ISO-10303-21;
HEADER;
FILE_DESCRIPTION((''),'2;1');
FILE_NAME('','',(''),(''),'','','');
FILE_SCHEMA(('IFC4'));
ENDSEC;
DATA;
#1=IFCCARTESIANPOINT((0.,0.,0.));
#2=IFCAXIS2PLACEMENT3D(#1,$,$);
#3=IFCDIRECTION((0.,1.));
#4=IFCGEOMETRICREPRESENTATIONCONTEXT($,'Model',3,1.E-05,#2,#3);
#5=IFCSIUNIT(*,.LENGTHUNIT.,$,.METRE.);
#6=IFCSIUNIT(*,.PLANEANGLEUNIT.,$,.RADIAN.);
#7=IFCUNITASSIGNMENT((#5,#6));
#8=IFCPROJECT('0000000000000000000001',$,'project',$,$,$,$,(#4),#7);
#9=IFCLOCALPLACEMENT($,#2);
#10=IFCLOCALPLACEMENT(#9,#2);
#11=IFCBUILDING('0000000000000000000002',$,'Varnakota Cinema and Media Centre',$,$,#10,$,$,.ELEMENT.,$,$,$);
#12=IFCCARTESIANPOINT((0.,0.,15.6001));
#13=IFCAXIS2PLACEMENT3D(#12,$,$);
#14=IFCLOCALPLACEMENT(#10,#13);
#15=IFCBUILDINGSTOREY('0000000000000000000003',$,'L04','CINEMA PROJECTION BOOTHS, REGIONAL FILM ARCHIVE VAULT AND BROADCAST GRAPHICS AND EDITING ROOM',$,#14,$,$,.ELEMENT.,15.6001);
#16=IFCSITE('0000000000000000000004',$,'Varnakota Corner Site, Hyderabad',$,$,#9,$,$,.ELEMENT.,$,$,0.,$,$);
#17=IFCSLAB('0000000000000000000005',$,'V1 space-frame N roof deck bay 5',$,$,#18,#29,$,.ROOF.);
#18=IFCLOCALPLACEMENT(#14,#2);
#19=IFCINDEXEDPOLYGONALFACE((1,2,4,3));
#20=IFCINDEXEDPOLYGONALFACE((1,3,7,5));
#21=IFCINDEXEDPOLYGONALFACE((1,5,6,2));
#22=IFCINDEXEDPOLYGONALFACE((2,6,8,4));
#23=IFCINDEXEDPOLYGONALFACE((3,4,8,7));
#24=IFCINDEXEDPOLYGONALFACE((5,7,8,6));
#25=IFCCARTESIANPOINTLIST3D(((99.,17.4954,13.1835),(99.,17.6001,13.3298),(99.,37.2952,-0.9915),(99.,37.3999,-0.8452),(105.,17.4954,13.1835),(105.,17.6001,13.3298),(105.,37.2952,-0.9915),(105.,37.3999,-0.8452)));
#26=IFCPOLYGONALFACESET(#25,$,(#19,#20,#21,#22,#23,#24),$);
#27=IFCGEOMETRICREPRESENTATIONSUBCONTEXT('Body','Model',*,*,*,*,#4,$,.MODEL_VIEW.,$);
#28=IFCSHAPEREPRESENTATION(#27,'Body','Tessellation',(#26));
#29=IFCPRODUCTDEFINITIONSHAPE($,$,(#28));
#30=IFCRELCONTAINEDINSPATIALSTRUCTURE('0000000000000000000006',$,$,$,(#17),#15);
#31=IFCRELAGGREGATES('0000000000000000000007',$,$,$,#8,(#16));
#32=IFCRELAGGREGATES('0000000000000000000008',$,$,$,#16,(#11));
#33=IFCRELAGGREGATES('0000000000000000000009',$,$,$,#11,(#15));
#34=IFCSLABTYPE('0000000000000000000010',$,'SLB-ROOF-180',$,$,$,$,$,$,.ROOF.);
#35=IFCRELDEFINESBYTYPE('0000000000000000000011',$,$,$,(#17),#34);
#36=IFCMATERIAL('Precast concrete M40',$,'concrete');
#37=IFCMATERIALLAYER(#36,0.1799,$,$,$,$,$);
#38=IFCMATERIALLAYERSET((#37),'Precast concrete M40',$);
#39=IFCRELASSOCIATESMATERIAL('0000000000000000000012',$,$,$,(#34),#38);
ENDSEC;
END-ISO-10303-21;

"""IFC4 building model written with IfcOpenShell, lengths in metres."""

from ifc_helpers import new_model, si_unit, direction, frame, origin, place, context, subcontext, project, spatial, polyline, outline, extrude, material, layer, layer_set, type_object, element, save


model = new_model("IFC4")

# Units and contexts
model_context = context("Model", 3, precision=1e-05, world=origin(), true_north=direction((0.0, 1.0)))
body_context = subcontext(model_context, "Body", "Model", "MODEL_VIEW")
ifc_project = project(units=[si_unit("LENGTHUNIT", "METRE"), si_unit("PLANEANGLEUNIT", "RADIAN")], contexts=[model_context])

# Site, building, storey
site_placement = place(None, origin())
site = spatial("IfcSite", under=ifc_project, at=site_placement, Name="Varnakota Corner Site, Hyderabad", CompositionType="ELEMENT", RefElevation=0.0)
building_placement = place(site_placement, origin())
building = spatial("IfcBuilding", under=site, at=building_placement, Name="Varnakota Cinema and Media Centre", CompositionType="ELEMENT")
storey_placement = place(building_placement, frame((0.0, 0.0, 15.6001)))
storey = spatial("IfcBuildingStorey", under=building, at=storey_placement, Name="L04", Description="CINEMA PROJECTION BOOTHS, REGIONAL FILM ARCHIVE VAULT AND BROADCAST GRAPHICS AND EDITING ROOM", CompositionType="ELEMENT", Elevation=15.6001)

# Slab
ifc_material_1 = material(Name="Precast concrete M40", Category="concrete")
ifc_layer_1 = layer(ifc_material_1, 0.1799)
ifc_layer_set_1 = layer_set([ifc_layer_1], Name="Precast concrete M40")
slab_type = type_object("IfcSlabType", Name="SLB-ROOF-180", PredefinedType="ROOF", material=ifc_layer_set_1)
slab_placement = place(storey_placement, frame((99.0, 17.6001, 13.3298), z_axis=(0.0, 0.582117, 0.813105), x_axis=(1.0, 0.0, 0.0)))
element("IfcSlab", 1, at=slab_placement, inside=storey, type_object=slab_type, Name="V1 space-frame N roof deck bay 5", PredefinedType="ROOF", context=body_context, shape_type="SweptSolid", body=[
    extrude(outline(polyline([(0.0, 0.0), (6.0, 0.0), (6.0, 24.3509), (0.0, 24.3509), (0.0, 0.0)])), origin(), (0.0, 0.0, -1.0), 0.1799),
])

save(model, "model.ifc")
